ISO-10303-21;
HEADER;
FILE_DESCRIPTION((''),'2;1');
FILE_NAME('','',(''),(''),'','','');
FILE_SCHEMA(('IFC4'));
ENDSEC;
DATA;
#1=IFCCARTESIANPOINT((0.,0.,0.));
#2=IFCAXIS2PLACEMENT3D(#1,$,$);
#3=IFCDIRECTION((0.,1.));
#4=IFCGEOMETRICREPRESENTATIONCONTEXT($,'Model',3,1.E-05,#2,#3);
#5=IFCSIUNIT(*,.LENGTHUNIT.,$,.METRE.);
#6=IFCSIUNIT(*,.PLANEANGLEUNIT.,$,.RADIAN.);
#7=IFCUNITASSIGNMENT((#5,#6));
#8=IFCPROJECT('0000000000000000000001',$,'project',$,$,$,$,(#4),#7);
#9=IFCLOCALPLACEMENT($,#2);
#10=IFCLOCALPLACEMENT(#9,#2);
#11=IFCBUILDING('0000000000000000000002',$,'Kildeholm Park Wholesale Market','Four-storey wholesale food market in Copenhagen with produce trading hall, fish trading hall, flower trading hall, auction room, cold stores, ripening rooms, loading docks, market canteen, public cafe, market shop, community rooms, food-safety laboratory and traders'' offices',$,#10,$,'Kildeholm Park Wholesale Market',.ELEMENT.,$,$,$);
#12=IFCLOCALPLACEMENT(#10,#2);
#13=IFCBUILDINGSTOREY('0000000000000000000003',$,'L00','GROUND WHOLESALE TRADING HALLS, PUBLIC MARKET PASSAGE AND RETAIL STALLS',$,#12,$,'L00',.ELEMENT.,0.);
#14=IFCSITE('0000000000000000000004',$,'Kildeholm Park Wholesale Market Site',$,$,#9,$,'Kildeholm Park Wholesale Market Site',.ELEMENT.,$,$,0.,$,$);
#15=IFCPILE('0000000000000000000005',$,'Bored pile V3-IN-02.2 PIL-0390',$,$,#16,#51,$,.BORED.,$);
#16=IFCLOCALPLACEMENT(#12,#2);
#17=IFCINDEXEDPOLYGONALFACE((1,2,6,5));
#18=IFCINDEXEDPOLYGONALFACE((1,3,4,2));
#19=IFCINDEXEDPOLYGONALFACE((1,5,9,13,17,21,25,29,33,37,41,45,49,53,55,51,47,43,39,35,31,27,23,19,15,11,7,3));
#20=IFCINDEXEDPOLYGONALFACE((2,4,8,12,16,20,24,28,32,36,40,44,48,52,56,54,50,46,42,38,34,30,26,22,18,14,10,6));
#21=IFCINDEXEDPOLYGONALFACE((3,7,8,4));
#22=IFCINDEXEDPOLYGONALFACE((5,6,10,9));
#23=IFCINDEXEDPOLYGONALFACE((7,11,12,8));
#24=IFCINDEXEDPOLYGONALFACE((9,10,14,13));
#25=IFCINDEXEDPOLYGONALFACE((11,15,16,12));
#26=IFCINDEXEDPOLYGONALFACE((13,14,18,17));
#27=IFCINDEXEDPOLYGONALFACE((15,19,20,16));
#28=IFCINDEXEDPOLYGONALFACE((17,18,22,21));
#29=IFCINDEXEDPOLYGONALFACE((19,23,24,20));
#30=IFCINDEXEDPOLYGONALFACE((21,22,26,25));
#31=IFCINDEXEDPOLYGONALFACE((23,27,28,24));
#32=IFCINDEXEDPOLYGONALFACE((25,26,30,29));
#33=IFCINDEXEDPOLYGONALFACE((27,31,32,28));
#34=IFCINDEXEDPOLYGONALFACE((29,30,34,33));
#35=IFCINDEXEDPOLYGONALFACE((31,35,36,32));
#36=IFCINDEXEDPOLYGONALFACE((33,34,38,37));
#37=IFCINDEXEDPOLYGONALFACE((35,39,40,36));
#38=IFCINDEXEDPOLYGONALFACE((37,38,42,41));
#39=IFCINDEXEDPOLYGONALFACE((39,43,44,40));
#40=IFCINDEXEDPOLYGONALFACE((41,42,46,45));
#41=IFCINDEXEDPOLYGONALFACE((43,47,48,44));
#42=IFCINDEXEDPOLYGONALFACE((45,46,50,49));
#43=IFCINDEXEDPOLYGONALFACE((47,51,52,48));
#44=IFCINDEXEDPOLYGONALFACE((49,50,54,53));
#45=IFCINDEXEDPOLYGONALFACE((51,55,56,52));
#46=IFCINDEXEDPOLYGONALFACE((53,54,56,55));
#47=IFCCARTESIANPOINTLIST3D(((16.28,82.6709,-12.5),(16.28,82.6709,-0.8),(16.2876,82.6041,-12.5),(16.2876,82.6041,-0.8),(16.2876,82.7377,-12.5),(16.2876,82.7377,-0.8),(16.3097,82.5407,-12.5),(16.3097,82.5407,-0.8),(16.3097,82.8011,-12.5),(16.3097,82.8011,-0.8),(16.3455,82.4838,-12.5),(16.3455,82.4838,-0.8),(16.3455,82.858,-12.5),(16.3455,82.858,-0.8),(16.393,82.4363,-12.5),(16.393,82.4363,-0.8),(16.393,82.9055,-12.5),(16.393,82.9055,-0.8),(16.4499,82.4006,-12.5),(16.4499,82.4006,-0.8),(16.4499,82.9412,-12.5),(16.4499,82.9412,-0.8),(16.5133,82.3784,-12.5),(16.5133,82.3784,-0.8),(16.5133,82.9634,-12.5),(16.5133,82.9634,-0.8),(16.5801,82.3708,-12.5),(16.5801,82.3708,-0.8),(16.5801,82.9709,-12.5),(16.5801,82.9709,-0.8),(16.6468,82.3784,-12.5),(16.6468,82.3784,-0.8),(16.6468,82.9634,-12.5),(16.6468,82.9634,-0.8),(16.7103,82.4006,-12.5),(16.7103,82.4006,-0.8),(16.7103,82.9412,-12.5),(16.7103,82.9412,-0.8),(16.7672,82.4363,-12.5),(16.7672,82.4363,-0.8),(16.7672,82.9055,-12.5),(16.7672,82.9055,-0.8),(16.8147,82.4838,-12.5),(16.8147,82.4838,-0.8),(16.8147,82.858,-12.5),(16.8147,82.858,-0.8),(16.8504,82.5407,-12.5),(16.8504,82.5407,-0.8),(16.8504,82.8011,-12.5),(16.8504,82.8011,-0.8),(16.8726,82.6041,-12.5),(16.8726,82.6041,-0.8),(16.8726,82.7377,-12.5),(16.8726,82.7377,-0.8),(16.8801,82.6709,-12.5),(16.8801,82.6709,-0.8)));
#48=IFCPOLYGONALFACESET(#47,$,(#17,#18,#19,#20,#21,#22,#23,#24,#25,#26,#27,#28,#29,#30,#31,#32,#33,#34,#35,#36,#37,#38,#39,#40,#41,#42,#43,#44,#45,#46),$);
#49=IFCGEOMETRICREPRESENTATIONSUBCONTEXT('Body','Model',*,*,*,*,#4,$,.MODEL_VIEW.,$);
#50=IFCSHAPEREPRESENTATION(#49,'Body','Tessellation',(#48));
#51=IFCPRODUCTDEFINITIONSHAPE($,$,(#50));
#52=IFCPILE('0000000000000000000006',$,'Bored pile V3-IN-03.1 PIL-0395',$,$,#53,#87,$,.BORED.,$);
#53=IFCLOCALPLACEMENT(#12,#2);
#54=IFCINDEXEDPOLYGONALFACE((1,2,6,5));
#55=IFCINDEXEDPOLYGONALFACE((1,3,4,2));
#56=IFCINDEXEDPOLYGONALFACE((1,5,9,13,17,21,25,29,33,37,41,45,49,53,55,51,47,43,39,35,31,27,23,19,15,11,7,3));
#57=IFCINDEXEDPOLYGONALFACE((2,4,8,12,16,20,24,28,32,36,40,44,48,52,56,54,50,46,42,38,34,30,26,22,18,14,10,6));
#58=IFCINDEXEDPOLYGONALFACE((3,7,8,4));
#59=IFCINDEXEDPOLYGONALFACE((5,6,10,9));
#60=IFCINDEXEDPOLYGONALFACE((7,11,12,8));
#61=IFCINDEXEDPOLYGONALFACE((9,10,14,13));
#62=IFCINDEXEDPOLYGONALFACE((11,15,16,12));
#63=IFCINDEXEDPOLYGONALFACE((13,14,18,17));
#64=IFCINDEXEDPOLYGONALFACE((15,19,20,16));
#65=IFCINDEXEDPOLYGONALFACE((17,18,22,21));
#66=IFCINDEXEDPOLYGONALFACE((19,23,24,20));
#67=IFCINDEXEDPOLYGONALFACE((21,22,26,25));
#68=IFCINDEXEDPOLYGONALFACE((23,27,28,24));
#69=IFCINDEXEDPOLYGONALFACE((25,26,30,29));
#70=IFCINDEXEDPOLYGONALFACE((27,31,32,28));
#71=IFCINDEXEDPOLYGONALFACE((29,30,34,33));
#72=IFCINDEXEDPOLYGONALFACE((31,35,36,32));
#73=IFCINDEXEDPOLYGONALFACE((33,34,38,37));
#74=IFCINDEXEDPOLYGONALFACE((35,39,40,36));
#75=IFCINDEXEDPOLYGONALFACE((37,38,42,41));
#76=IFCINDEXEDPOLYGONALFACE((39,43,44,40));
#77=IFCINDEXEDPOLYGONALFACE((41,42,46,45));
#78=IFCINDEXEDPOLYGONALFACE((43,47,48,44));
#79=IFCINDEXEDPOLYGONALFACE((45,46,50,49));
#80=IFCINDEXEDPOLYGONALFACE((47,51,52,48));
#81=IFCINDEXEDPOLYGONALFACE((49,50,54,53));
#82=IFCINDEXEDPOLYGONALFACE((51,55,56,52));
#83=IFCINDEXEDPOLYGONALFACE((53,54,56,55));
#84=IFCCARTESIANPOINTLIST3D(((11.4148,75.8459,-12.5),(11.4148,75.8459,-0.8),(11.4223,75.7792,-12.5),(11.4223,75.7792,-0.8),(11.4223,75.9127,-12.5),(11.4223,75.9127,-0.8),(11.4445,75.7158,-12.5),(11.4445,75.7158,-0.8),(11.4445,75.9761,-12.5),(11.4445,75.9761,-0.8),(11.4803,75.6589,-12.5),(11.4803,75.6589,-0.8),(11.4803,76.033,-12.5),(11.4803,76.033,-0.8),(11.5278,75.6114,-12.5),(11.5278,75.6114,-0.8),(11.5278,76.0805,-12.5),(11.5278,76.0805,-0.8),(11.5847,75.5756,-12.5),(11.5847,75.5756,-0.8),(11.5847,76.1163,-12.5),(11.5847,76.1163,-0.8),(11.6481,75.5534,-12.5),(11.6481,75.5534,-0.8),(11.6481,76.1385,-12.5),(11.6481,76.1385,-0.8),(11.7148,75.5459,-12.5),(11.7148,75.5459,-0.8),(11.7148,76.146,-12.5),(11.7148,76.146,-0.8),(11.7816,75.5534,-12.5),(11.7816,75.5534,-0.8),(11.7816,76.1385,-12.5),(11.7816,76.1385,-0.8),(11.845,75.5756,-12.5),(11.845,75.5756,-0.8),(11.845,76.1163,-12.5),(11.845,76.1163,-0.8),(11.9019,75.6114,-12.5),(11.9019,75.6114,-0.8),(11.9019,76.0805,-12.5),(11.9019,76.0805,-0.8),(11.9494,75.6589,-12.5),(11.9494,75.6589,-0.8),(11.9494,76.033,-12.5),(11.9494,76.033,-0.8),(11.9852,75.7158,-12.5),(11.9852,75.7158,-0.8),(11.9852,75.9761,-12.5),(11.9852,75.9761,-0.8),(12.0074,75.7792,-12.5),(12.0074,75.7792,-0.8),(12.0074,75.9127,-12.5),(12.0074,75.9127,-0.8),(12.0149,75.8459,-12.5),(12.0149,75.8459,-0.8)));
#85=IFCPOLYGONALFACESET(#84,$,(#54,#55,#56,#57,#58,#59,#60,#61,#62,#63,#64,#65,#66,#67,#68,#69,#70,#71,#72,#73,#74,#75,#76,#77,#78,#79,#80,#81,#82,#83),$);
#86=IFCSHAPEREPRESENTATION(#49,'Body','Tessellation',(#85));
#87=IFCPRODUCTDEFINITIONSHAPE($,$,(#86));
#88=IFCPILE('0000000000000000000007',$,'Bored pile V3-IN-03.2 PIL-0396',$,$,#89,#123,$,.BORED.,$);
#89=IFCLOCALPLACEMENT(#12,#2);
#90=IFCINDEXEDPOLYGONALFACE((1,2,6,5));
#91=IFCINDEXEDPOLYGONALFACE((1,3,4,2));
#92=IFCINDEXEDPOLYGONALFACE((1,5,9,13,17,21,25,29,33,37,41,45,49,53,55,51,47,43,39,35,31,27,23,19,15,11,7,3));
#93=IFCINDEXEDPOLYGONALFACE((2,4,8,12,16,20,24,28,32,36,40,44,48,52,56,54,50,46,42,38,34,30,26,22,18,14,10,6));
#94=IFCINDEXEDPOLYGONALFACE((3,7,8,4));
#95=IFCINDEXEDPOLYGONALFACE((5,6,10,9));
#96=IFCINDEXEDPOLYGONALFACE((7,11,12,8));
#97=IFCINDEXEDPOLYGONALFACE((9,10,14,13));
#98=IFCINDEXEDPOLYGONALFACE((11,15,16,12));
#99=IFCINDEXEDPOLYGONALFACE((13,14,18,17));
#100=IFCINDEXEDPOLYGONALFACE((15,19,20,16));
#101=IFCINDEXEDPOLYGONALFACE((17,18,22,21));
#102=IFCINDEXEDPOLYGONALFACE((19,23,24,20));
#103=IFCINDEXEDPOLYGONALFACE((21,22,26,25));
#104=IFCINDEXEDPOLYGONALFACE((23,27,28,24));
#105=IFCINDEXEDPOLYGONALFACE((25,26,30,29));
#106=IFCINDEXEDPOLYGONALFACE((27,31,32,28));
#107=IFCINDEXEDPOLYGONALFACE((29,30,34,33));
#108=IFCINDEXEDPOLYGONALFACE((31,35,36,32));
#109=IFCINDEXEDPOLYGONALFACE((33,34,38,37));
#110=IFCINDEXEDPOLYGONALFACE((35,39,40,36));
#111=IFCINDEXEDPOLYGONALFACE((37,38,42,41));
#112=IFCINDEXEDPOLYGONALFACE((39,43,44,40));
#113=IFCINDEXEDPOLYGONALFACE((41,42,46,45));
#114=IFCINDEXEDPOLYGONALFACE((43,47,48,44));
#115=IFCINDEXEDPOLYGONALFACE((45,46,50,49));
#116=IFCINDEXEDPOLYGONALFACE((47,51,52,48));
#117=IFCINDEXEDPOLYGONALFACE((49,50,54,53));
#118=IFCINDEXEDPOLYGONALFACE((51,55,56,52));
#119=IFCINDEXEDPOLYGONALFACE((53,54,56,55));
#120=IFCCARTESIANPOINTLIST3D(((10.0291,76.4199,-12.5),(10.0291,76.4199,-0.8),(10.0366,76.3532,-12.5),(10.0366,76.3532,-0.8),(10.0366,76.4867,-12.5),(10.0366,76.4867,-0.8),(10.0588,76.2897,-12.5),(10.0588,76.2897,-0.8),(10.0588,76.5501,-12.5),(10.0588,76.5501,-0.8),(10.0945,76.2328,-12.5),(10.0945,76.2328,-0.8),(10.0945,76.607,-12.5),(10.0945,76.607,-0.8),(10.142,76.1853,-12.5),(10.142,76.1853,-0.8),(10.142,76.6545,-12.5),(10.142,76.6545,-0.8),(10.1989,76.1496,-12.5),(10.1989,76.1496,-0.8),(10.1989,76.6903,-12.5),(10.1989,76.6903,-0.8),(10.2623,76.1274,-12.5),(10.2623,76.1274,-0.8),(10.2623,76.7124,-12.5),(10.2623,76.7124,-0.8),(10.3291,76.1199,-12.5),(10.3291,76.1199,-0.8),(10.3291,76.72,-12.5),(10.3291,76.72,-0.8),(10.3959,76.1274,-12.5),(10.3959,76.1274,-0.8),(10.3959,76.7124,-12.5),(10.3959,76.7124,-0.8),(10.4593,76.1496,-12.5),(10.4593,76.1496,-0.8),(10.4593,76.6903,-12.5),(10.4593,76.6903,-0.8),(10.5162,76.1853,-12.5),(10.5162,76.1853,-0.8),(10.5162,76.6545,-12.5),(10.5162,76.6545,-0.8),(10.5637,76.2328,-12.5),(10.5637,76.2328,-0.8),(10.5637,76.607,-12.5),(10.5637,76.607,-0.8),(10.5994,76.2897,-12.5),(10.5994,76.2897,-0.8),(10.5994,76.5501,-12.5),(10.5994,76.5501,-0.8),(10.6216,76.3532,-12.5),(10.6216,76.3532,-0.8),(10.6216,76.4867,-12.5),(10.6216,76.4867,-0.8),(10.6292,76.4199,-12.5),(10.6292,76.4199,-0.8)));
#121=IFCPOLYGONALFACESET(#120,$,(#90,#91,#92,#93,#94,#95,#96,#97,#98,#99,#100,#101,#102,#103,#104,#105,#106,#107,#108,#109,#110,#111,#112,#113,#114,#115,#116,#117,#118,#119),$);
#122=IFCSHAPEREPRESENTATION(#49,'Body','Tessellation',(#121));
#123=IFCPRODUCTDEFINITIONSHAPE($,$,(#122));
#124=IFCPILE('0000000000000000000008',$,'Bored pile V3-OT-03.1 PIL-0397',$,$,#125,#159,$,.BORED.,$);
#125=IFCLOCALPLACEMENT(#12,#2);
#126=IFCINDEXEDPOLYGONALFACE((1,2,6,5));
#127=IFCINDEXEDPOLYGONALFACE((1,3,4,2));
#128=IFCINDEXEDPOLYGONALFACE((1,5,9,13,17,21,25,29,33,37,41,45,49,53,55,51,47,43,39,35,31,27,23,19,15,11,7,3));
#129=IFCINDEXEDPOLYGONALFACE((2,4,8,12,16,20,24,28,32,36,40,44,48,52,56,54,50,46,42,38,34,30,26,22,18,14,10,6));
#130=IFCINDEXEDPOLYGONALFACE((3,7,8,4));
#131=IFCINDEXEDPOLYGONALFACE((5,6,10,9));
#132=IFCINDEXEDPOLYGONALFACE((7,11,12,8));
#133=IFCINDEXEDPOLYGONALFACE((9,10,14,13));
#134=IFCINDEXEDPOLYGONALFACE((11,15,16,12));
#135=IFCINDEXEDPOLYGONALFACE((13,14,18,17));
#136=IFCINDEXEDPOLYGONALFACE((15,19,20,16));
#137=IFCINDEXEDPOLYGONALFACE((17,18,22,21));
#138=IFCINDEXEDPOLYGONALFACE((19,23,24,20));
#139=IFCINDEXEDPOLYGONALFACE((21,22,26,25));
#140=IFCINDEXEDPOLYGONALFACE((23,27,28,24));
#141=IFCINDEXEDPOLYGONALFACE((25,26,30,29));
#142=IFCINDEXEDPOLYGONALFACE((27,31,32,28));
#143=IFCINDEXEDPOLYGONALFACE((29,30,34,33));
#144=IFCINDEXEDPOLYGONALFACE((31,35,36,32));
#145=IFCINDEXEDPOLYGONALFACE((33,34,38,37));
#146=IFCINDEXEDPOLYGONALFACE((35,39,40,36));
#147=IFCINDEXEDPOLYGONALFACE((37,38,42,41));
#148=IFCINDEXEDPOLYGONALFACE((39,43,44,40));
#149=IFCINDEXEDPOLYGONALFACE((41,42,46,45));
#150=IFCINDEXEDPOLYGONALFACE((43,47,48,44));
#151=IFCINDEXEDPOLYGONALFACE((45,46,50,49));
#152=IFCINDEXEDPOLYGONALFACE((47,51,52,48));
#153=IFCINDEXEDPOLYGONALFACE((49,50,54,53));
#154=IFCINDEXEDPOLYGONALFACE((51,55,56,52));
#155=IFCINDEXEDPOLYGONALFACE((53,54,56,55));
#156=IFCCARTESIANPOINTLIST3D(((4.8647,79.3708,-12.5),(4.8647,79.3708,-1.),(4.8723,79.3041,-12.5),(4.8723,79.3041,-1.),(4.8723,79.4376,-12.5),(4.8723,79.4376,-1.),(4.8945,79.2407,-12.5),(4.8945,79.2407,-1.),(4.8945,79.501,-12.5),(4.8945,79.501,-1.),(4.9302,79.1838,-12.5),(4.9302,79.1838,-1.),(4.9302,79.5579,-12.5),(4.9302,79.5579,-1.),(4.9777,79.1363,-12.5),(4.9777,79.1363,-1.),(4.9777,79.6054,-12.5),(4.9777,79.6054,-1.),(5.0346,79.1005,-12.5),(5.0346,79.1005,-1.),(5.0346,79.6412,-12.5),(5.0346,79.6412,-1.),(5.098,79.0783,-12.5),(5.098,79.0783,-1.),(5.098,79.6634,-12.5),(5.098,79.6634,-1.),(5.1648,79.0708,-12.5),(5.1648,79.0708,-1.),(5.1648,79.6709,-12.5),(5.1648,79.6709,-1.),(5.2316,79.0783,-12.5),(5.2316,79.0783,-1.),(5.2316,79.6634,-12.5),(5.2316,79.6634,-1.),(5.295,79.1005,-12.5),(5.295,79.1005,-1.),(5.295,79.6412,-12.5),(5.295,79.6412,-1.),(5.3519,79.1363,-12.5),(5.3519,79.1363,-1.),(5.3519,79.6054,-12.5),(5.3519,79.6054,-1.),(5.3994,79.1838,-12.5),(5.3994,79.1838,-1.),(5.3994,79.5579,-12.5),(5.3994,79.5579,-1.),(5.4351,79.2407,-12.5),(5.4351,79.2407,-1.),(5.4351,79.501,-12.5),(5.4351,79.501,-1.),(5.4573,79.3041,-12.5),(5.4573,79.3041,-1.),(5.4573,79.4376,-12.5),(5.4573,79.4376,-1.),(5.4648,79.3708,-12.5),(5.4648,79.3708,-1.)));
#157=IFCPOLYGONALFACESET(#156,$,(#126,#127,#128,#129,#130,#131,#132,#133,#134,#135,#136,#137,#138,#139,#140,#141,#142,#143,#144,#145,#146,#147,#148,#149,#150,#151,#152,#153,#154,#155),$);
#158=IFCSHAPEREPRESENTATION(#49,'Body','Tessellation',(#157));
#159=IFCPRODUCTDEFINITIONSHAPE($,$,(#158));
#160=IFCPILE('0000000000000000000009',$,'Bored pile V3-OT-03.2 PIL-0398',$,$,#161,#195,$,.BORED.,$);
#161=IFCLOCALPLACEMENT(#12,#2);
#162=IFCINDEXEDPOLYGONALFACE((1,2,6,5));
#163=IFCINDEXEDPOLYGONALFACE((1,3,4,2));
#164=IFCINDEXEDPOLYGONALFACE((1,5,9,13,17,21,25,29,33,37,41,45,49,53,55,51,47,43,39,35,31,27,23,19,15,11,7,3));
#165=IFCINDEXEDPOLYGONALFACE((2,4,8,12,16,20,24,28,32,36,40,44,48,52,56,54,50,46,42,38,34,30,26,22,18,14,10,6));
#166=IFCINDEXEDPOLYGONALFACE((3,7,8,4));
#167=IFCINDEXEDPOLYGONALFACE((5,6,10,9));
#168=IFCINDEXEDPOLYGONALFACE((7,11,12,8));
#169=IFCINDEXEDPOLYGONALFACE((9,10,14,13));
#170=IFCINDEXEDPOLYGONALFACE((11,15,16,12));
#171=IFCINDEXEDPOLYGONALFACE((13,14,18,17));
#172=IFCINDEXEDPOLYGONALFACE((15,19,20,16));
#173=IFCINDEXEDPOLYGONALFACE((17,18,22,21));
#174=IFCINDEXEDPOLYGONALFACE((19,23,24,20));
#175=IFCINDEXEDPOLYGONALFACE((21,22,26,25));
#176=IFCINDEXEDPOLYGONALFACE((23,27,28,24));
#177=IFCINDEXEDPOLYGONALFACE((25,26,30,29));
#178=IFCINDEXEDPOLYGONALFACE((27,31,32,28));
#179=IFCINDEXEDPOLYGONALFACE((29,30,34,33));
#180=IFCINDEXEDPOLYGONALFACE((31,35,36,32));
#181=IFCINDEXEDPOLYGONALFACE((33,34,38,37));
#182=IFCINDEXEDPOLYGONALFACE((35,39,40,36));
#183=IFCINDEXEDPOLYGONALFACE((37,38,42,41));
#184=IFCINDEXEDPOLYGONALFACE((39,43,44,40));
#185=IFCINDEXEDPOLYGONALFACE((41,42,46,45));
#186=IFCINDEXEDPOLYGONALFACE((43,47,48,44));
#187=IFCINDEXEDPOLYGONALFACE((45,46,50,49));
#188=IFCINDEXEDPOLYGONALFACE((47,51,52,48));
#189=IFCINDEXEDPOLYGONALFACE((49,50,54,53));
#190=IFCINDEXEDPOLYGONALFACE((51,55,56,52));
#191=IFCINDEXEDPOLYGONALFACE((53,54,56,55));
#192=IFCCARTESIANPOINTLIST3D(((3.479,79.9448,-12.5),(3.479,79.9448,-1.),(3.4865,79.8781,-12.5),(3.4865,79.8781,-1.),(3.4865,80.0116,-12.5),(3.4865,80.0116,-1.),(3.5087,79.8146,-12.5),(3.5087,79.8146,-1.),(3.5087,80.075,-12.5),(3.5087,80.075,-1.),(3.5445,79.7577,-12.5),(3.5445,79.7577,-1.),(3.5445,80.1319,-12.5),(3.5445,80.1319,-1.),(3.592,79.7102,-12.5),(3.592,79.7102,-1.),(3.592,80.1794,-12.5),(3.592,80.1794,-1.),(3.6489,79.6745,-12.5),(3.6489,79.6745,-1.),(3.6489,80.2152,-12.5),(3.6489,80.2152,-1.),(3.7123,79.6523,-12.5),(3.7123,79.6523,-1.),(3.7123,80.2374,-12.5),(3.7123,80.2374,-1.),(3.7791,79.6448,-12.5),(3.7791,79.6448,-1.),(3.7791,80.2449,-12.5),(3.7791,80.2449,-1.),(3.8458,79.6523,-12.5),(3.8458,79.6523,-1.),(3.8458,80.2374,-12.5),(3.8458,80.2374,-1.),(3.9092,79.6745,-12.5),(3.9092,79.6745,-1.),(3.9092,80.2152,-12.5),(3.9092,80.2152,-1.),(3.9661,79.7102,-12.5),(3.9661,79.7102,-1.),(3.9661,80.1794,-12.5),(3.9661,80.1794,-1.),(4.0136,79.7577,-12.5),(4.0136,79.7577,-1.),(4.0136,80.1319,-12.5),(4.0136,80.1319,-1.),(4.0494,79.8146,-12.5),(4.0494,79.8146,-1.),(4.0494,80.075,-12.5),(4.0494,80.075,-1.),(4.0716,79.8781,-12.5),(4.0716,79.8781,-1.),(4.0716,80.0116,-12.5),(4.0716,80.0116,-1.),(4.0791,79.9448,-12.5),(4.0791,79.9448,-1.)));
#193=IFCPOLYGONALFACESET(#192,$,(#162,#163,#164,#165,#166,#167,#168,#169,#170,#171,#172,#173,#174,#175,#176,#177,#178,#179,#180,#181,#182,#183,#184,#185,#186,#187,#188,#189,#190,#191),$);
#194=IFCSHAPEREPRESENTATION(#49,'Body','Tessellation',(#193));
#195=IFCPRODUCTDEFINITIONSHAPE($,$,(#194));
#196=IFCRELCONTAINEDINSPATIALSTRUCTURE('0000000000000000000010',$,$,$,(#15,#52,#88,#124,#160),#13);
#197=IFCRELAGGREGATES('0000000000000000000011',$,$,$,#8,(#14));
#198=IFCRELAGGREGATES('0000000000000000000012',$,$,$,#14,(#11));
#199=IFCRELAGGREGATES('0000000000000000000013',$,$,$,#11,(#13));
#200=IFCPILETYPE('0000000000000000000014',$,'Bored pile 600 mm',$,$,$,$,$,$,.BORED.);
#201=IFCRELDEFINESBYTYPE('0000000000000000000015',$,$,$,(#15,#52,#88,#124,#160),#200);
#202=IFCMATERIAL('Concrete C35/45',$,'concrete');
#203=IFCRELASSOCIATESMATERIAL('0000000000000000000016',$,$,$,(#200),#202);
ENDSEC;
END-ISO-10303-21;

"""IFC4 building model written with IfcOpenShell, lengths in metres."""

from ifc_helpers import new_model, si_unit, direction, frame, origin, origin_2d, place, context, subcontext, project, spatial, circle, extrude, material, material_profile, profile_set, type_object, element, save


model = new_model("IFC4")

# Units and contexts
model_context = context("Model", 3, precision=1e-05, world=origin(), true_north=direction((0.0, 1.0)))
body_context = subcontext(model_context, "Body", "Model", "MODEL_VIEW")
ifc_project = project(units=[si_unit("LENGTHUNIT", "METRE"), si_unit("PLANEANGLEUNIT", "RADIAN")], contexts=[model_context])

# Site, building, storey
site_placement = place(None, origin())
site = spatial("IfcSite", under=ifc_project, at=site_placement, Name="Kildeholm Park Wholesale Market Site", LongName="Kildeholm Park Wholesale Market Site", CompositionType="ELEMENT", RefElevation=0.0)
building_placement = place(site_placement, origin())
building = spatial("IfcBuilding", under=site, at=building_placement, Name="Kildeholm Park Wholesale Market", Description="Four-storey wholesale food market in Copenhagen with produce trading hall, fish trading hall, flower trading hall, auction room, cold stores, ripening rooms, loading docks, market canteen, public cafe, market shop, community rooms, food-safety laboratory and traders' offices", LongName="Kildeholm Park Wholesale Market", CompositionType="ELEMENT")
storey_placement = place(building_placement, origin())
storey = spatial("IfcBuildingStorey", under=building, at=storey_placement, Name="L00", Description="GROUND WHOLESALE TRADING HALLS, PUBLIC MARKET PASSAGE AND RETAIL STALLS", LongName="L00", CompositionType="ELEMENT", Elevation=0.0)

# Piles
ifc_material_1 = material(Name="Concrete C35/45", Category="concrete")
ifc_material_profile_1 = material_profile(ifc_material_1, circle(Radius=0.3, at=origin_2d()), Name="PILE D600")
ifc_profile_set_1 = profile_set([ifc_material_profile_1], Name="Concrete C35/45")
pile_type = type_object("IfcPileType", Name="Bored pile 600 mm", PredefinedType="BORED", material=ifc_profile_set_1)
for number, where, z_axis, x_axis, name in (
    (1, (16.5801, 82.6709, -0.8), (0.0, 0.0, -1.0), (1.0, 0.0, 0.0), "Bored pile V3-IN-02.2 PIL-0390"),
    (2, (11.7148, 75.8459, -0.8), (0.0, 0.0, -1.0), (1.0, 0.0, 0.0), "Bored pile V3-IN-03.1 PIL-0395"),
    (3, (10.3291, 76.4199, -0.8), (0.0, 0.0, -1.0), (1.0, 0.0, 0.0), "Bored pile V3-IN-03.2 PIL-0396"),
):
    element("IfcPile", number, at=place(storey_placement, frame(where, z_axis=z_axis, x_axis=x_axis)), inside=storey, type_object=pile_type, Name=name, PredefinedType="BORED", context=body_context, shape_type="SweptSolid", body=[
        extrude(circle(Radius=0.3, at=origin_2d()), origin(), (0.0, 0.0, 1.0), 11.7),
    ])
for number, where, z_axis, x_axis, name in (
    (4, (5.1648, 79.3708, -1.0), (0.0, 0.0, -1.0), (1.0, 0.0, 0.0), "Bored pile V3-OT-03.1 PIL-0397"),
    (5, (3.7791, 79.9448, -1.0), (0.0, 0.0, -1.0), (1.0, 0.0, 0.0), "Bored pile V3-OT-03.2 PIL-0398"),
):
    element("IfcPile", number, at=place(storey_placement, frame(where, z_axis=z_axis, x_axis=x_axis)), inside=storey, type_object=pile_type, Name=name, PredefinedType="BORED", context=body_context, shape_type="SweptSolid", body=[
        extrude(circle(Radius=0.3, at=origin_2d()), origin(), (0.0, 0.0, 1.0), 11.5),
    ])

save(model, "model.ifc")
